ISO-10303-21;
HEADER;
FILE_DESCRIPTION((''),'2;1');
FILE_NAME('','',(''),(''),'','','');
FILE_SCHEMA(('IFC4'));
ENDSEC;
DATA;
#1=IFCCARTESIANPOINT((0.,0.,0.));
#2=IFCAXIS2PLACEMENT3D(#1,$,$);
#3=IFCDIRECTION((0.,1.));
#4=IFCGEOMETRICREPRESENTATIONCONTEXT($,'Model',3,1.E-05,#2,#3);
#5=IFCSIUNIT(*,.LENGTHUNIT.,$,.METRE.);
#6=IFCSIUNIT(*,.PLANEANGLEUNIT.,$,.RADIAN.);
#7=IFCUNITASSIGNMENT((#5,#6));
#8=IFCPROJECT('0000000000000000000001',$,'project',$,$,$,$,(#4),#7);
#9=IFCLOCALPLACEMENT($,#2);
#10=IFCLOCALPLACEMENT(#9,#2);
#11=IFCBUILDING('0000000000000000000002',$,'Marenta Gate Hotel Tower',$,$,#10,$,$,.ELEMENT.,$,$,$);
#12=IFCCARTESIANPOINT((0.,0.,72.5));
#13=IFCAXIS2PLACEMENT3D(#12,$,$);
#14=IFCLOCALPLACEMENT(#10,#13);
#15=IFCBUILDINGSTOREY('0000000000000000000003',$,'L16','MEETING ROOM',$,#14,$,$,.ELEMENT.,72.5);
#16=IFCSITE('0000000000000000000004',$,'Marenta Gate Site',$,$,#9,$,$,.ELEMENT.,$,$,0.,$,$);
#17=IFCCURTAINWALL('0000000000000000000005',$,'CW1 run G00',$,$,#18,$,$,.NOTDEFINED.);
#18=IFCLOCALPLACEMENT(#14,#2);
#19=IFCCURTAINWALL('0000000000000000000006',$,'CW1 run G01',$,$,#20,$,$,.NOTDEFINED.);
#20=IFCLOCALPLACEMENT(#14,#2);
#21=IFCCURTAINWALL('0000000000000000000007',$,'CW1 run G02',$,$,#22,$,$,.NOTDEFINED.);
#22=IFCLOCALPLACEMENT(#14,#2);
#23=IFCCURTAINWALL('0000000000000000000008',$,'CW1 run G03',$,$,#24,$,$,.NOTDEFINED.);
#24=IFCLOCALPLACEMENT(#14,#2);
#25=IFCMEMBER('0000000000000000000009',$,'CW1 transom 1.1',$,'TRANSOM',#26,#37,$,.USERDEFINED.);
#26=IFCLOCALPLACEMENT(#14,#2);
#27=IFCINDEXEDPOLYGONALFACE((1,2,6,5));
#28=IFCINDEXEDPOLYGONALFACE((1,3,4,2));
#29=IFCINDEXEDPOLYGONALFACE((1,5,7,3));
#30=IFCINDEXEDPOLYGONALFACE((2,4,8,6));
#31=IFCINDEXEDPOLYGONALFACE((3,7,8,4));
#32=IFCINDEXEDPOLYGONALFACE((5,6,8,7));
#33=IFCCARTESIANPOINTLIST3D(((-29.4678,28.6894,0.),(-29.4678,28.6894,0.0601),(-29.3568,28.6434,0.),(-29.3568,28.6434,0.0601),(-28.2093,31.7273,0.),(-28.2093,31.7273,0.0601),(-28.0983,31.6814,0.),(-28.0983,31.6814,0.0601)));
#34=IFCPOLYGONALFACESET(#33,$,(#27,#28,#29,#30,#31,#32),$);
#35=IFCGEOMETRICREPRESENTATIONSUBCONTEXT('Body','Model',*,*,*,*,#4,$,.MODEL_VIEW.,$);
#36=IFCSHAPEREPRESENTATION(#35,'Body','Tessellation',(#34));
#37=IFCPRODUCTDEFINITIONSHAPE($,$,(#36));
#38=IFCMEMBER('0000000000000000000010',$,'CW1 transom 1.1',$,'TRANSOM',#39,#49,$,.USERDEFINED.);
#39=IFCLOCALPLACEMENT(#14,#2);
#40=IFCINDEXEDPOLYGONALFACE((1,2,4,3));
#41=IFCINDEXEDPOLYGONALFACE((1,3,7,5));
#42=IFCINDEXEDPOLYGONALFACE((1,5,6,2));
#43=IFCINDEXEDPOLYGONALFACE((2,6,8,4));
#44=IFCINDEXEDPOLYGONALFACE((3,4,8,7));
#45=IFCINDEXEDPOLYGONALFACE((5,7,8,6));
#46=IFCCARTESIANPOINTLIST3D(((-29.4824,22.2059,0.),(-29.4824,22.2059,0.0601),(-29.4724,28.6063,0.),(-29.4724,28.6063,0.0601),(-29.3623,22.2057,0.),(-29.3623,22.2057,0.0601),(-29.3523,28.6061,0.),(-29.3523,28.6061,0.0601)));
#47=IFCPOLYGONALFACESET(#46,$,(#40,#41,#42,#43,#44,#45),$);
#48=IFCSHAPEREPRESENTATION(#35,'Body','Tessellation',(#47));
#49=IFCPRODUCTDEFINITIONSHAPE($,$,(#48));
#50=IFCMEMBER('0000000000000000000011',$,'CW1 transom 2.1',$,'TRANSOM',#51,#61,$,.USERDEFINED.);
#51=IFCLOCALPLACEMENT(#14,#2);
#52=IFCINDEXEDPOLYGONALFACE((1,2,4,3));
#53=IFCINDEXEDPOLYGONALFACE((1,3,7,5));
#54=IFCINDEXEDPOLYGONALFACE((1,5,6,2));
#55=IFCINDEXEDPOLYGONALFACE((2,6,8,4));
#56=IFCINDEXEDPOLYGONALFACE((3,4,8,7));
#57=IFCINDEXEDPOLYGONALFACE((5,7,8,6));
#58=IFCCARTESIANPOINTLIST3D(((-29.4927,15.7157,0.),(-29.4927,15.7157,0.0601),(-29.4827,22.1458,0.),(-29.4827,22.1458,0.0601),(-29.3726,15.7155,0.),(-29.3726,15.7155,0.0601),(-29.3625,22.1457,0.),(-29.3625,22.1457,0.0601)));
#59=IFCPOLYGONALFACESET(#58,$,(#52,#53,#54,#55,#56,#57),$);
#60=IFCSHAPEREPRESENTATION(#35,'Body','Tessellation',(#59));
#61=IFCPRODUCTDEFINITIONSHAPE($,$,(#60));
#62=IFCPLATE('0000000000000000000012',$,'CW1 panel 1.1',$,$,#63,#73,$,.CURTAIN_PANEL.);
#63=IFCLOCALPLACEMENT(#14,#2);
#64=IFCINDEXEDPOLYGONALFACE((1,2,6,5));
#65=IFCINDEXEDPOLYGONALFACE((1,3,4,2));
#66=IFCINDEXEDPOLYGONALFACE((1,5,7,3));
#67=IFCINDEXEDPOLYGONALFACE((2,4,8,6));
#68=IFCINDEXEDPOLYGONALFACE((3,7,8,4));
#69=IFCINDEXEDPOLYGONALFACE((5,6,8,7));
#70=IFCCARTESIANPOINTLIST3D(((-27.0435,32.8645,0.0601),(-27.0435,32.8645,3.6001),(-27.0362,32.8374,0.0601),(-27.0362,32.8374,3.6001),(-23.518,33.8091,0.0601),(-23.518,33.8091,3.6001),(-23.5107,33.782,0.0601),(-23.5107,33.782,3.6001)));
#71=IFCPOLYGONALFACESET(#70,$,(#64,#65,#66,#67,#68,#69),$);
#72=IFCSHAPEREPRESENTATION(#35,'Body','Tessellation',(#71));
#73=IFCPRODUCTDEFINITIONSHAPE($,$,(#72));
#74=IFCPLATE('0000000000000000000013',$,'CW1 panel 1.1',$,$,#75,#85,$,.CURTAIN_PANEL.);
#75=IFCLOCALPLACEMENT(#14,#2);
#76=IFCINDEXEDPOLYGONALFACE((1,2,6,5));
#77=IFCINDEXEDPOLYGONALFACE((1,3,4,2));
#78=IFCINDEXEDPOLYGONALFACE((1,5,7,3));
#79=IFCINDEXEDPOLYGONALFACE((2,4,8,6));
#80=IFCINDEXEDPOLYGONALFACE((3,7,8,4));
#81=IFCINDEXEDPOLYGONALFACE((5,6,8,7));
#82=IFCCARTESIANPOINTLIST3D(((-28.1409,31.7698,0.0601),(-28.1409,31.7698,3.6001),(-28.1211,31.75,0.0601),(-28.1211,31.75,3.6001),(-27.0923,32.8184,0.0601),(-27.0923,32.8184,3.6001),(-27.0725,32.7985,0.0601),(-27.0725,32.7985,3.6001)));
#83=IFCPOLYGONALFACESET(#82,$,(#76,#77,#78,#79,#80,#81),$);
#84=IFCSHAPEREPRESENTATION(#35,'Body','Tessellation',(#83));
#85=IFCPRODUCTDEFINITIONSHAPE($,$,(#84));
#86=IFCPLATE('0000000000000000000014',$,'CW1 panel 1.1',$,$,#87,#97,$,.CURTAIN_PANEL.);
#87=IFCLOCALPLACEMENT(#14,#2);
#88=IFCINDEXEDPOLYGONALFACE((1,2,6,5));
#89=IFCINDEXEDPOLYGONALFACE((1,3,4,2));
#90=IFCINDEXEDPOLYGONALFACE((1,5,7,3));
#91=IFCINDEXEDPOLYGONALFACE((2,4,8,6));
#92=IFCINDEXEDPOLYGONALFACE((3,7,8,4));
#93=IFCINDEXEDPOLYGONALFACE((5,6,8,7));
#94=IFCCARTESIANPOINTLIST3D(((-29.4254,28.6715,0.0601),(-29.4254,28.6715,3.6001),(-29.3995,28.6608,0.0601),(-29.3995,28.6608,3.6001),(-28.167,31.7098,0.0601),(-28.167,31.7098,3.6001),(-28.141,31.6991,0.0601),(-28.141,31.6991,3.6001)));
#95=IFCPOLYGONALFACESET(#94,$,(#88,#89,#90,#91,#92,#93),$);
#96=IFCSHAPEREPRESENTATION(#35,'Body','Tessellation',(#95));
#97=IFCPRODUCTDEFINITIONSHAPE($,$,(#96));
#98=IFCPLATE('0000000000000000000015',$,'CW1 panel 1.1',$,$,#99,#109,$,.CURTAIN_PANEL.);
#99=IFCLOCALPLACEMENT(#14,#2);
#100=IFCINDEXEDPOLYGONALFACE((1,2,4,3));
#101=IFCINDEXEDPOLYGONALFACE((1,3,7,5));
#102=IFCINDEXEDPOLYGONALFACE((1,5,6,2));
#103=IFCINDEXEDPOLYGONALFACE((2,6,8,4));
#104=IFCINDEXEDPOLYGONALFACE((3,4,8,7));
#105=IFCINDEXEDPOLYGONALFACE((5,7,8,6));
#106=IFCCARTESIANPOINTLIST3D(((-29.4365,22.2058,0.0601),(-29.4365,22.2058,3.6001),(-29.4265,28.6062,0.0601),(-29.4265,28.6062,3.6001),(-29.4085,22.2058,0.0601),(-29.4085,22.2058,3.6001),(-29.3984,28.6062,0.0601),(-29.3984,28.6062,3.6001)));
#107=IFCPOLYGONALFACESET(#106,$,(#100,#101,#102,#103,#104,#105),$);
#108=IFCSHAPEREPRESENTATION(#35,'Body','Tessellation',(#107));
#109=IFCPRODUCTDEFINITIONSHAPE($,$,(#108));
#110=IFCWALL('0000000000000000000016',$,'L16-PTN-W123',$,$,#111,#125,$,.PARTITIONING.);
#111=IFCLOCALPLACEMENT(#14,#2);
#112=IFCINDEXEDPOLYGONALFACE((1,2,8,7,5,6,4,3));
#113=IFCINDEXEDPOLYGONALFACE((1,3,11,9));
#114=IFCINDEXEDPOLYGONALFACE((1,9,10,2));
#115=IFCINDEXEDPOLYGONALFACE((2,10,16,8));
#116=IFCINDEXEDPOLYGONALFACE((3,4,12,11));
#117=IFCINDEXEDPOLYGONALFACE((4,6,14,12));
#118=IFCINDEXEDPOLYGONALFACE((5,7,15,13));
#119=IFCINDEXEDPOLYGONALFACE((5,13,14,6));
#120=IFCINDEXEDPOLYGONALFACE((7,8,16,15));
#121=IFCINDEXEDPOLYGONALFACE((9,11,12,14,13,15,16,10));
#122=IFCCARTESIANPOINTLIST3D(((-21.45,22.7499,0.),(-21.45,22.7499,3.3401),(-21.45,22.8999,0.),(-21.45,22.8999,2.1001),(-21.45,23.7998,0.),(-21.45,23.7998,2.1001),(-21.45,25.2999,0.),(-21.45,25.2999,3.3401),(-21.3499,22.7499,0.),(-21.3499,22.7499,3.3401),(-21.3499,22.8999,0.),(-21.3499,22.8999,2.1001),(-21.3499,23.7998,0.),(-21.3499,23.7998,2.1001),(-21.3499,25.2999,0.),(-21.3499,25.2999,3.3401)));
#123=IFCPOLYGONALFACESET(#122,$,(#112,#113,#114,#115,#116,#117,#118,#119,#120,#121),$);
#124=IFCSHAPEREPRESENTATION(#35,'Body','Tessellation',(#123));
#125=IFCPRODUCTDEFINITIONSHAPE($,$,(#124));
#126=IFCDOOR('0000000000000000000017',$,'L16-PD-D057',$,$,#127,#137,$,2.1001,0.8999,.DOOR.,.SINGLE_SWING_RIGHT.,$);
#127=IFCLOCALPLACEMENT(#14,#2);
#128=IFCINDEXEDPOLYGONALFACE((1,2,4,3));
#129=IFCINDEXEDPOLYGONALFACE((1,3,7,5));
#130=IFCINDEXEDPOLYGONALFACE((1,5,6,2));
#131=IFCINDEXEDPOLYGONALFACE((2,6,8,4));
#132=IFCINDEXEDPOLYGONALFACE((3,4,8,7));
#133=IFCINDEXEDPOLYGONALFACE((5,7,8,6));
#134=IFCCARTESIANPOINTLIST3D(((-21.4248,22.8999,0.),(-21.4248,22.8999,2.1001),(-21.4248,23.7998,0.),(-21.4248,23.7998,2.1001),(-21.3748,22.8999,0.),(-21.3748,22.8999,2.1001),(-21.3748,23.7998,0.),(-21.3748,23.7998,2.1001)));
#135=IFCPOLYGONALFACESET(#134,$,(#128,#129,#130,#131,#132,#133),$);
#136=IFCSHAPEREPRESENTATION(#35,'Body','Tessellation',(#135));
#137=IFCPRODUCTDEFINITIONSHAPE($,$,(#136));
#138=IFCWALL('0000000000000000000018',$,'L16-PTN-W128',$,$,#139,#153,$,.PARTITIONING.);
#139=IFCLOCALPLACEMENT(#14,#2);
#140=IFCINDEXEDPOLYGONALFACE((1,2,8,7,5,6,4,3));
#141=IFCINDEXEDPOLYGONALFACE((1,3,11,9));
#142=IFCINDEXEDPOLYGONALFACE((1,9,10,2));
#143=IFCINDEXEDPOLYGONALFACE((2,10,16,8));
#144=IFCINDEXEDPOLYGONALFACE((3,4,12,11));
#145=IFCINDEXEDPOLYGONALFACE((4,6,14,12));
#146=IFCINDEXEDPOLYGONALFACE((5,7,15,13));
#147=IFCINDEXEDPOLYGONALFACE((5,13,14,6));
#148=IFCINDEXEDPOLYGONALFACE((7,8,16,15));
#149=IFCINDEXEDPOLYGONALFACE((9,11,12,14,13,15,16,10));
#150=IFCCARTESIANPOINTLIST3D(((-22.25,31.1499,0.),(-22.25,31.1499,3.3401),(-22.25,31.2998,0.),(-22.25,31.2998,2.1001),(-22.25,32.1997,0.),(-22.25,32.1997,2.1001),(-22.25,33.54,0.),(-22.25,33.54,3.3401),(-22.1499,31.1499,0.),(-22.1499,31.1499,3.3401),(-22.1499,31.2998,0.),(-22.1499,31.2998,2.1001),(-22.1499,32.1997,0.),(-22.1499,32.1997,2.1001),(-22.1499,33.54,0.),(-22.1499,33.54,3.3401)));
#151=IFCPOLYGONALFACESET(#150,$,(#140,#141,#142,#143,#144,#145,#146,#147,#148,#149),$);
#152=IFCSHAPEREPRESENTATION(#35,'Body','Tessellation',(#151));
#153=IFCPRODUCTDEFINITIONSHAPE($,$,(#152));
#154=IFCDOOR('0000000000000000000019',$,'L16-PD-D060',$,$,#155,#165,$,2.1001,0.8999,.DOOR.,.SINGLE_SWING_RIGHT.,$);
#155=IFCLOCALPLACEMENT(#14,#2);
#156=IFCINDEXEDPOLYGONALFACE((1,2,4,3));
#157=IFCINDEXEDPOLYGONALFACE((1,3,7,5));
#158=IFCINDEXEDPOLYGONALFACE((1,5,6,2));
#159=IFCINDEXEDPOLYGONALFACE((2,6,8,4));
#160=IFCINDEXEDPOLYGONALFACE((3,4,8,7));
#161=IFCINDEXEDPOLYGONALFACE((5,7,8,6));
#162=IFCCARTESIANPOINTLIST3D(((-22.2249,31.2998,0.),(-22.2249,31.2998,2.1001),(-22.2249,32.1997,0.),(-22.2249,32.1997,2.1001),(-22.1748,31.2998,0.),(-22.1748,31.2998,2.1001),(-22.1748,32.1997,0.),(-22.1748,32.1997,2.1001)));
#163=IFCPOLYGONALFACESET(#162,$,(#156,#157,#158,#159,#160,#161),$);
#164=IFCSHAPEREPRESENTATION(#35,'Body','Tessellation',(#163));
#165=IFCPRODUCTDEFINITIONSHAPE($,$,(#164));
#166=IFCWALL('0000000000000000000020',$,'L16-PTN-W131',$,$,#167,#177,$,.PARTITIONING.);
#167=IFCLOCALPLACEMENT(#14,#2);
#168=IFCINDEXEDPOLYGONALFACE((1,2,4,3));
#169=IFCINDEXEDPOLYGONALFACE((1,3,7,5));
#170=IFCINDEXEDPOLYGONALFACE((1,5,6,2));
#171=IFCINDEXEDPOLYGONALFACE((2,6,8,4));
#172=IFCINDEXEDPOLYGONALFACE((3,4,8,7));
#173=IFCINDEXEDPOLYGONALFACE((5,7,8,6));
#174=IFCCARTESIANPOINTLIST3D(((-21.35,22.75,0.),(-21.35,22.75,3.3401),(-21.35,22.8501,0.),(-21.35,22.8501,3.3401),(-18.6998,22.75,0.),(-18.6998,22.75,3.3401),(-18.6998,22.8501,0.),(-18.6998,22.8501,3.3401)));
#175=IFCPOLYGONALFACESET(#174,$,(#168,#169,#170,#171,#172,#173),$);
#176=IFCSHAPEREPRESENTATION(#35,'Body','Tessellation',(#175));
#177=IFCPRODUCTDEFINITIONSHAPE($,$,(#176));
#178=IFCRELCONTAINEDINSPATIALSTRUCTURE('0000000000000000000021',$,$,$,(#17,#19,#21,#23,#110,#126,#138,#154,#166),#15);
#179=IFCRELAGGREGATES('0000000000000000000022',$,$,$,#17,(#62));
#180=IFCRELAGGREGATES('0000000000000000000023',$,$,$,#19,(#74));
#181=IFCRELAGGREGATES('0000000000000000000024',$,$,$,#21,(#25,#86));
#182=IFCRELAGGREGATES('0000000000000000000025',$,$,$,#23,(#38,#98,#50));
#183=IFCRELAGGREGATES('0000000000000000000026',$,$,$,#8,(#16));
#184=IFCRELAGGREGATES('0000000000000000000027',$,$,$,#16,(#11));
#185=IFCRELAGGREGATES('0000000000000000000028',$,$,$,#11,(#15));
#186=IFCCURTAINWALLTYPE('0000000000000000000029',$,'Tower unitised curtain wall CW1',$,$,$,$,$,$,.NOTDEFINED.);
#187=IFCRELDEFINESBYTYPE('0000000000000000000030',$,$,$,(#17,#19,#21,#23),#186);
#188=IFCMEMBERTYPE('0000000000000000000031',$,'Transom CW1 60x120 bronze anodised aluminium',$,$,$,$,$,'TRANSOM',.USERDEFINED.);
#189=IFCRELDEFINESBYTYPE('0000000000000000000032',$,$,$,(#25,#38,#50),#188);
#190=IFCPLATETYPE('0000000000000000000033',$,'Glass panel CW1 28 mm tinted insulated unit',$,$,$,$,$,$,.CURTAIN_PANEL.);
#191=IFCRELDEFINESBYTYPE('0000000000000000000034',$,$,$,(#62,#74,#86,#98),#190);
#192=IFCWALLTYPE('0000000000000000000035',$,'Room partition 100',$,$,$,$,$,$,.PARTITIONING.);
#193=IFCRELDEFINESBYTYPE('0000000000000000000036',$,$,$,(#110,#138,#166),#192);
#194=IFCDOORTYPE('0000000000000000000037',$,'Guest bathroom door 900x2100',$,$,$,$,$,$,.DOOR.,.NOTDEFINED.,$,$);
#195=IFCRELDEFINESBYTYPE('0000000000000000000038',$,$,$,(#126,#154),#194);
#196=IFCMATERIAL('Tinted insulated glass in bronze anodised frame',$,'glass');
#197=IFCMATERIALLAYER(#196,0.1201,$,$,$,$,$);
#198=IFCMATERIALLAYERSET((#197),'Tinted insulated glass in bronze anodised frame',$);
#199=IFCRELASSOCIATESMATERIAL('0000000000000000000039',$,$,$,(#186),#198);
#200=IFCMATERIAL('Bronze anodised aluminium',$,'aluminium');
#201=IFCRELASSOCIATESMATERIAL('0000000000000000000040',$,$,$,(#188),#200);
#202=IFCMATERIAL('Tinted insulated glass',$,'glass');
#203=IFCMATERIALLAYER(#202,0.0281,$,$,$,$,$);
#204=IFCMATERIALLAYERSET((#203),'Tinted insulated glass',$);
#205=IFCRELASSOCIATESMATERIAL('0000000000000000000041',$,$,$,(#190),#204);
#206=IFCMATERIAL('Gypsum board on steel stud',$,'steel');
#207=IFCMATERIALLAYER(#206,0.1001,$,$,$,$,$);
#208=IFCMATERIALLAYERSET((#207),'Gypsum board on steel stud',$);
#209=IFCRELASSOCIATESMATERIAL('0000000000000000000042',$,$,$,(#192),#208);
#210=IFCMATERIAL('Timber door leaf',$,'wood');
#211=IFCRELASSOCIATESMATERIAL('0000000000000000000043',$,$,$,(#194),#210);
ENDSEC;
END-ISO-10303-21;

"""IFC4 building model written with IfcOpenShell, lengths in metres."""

from ifc_helpers import new_model, si_unit, direction, frame, frame_2d, origin, origin_2d, place, context, subcontext, project, spatial, rectangle, extrude, material, layer, layer_set, material_profile, profile_set, type_object, element, fill, aggregate, save


model = new_model("IFC4")

# Units and contexts
model_context = context("Model", 3, precision=1e-05, world=origin(), true_north=direction((0.0, 1.0)))
body_context = subcontext(model_context, "Body", "Model", "MODEL_VIEW")
ifc_project = project(units=[si_unit("LENGTHUNIT", "METRE"), si_unit("PLANEANGLEUNIT", "RADIAN")], contexts=[model_context])

# Site, building, storey
site_placement = place(None, origin())
site = spatial("IfcSite", under=ifc_project, at=site_placement, Name="Marenta Gate Site", CompositionType="ELEMENT", RefElevation=0.0)
building_placement = place(site_placement, origin())
building = spatial("IfcBuilding", under=site, at=building_placement, Name="Marenta Gate Hotel Tower", CompositionType="ELEMENT")
storey_placement = place(building_placement, frame((0.0, 0.0, 72.5)))
storey = spatial("IfcBuildingStorey", under=building, at=storey_placement, Name="L16", Description="MEETING ROOM", CompositionType="ELEMENT", Elevation=72.5)

# Curtain walls
ifc_material_1 = material(Name="Tinted insulated glass in bronze anodised frame", Category="glass")
ifc_layer_1 = layer(ifc_material_1, 0.1201)
ifc_layer_set_1 = layer_set([ifc_layer_1], Name="Tinted insulated glass in bronze anodised frame")
curtain_wall_type = type_object("IfcCurtainWallType", Name="Tower unitised curtain wall CW1", PredefinedType="NOTDEFINED", material=ifc_layer_set_1)
curtain_wall_1_placement = place(storey_placement, origin())
curtain_wall_1 = element("IfcCurtainWall", 1, at=curtain_wall_1_placement, inside=storey, type_object=curtain_wall_type, Name="CW1 run G00", PredefinedType="NOTDEFINED")
curtain_wall_2_placement = place(storey_placement, origin())
curtain_wall_2 = element("IfcCurtainWall", 2, at=curtain_wall_2_placement, inside=storey, type_object=curtain_wall_type, Name="CW1 run G01", PredefinedType="NOTDEFINED")
curtain_wall_3_placement = place(storey_placement, origin())
curtain_wall_3 = element("IfcCurtainWall", 3, at=curtain_wall_3_placement, inside=storey, type_object=curtain_wall_type, Name="CW1 run G02", PredefinedType="NOTDEFINED")

# Curtain wall
curtain_wall_4_placement = place(storey_placement, origin())
curtain_wall_4 = element("IfcCurtainWall", 4, at=curtain_wall_4_placement, inside=storey, type_object=curtain_wall_type, Name="CW1 run G03", PredefinedType="NOTDEFINED")

# Members
ifc_material_2 = material(Name="Bronze anodised aluminium", Category="aluminium")
ifc_material_profile_1 = material_profile(ifc_material_2, rectangle(XDim=0.1201, YDim=0.0601, at=origin_2d()), Name="Transom CW1 60x120 bronze anodised aluminium")
ifc_profile_set_1 = profile_set([ifc_material_profile_1], Name="Bronze anodised aluminium")
member_type_1 = type_object("IfcMemberType", Name="Transom CW1 60x120 bronze anodised aluminium", ElementType="TRANSOM", PredefinedType="USERDEFINED", material=ifc_profile_set_1)
member_1_placement = place(storey_placement, frame((-28.1538, 31.7043, 0.03), z_axis=(-0.382717, -0.923866, 0.0), x_axis=(0.923866, -0.382717, 0.0)))
member_1 = element("IfcMember", 5, at=member_1_placement, type_object=member_type_1, Name="CW1 transom 1.1", ObjectType="TRANSOM", PredefinedType="USERDEFINED", context=body_context, shape_type="SweptSolid", body=[
    extrude(rectangle(XDim=0.1201, YDim=0.0601, at=origin_2d()), origin(), (0.0, 0.0, 1.0), 3.2883),
])
member_2_placement = place(storey_placement, frame((-29.4124, 28.6062, 0.03), z_axis=(-0.001564, -0.999999, 0.0), x_axis=(0.999999, -0.001564, 0.0)))
member_2 = element("IfcMember", 6, at=member_2_placement, type_object=member_type_1, Name="CW1 transom 1.1", ObjectType="TRANSOM", PredefinedType="USERDEFINED", context=body_context, shape_type="SweptSolid", body=[
    extrude(rectangle(XDim=0.1201, YDim=0.0601, at=origin_2d()), origin(), (0.0, 0.0, 1.0), 6.4004),
])
member_3_placement = place(storey_placement, frame((-29.4226, 22.1458, 0.03), z_axis=(-0.001557, -0.999999, 0.0), x_axis=(0.999999, -0.001557, 0.0)))
member_3 = element("IfcMember", 7, at=member_3_placement, type_object=member_type_1, Name="CW1 transom 2.1", ObjectType="TRANSOM", PredefinedType="USERDEFINED", context=body_context, shape_type="SweptSolid", body=[
    extrude(rectangle(XDim=0.1201, YDim=0.0601, at=origin_2d()), origin(), (0.0, 0.0, 1.0), 6.4302),
])

# Plates
ifc_material_3 = material(Name="Tinted insulated glass", Category="glass")
ifc_layer_2 = layer(ifc_material_3, 0.0281)
ifc_layer_set_2 = layer_set([ifc_layer_2], Name="Tinted insulated glass")
plate_type = type_object("IfcPlateType", Name="Glass panel CW1 28 mm tinted insulated unit", PredefinedType="CURTAIN_PANEL", material=ifc_layer_set_2)
plate_1_placement = place(storey_placement, frame((-25.2771, 33.3232, 0.0601), z_axis=(0.0, 0.0, 1.0), x_axis=(-0.96593, -0.258802, 0.0)))
plate_1 = element("IfcPlate", 8, at=plate_1_placement, type_object=plate_type, Name="CW1 panel 1.1", PredefinedType="CURTAIN_PANEL", context=body_context, shape_type="SweptSolid", body=[
    extrude(rectangle(XDim=3.6499, YDim=0.0281, at=origin_2d()), origin(), (0.0, 0.0, 1.0), 3.54),
])
aggregate(curtain_wall_1, [plate_1])
plate_2_placement = place(storey_placement, frame((-27.6067, 32.2842, 0.0601), z_axis=(0.0, 0.0, 1.0), x_axis=(-0.707107, -0.707107, 0.0)))
plate_2 = element("IfcPlate", 9, at=plate_2_placement, type_object=plate_type, Name="CW1 panel 1.1", PredefinedType="CURTAIN_PANEL", context=body_context, shape_type="SweptSolid", body=[
    extrude(rectangle(XDim=1.4829, YDim=0.0281, at=origin_2d()), origin(), (0.0, 0.0, 1.0), 3.54),
])
aggregate(curtain_wall_2, [plate_2])
plate_3_placement = place(storey_placement, frame((-28.7832, 30.1853, 0.0601), z_axis=(0.0, 0.0, 1.0), x_axis=(-0.38267, -0.923885, 0.0)))
plate_3 = element("IfcPlate", 10, at=plate_3_placement, type_object=plate_type, Name="CW1 panel 1.1", PredefinedType="CURTAIN_PANEL", context=body_context, shape_type="SweptSolid", body=[
    extrude(rectangle(XDim=3.2886, YDim=0.0281, at=origin_2d()), origin(), (0.0, 0.0, 1.0), 3.54),
])
aggregate(curtain_wall_3, [member_1, plate_3])
plate_4_placement = place(storey_placement, frame((-29.4175, 25.406, 0.0601), z_axis=(0.0, 0.0, 1.0), x_axis=(-0.001566, -0.999999, 0.0)))
plate_4 = element("IfcPlate", 11, at=plate_4_placement, type_object=plate_type, Name="CW1 panel 1.1", PredefinedType="CURTAIN_PANEL", context=body_context, shape_type="SweptSolid", body=[
    extrude(rectangle(XDim=6.4004, YDim=0.0281, at=origin_2d()), origin(), (0.0, 0.0, 1.0), 3.54),
])
aggregate(curtain_wall_4, [member_2, plate_4, member_3])

# Walls, openings, doors
ifc_material_4 = material(Name="Gypsum board on steel stud", Category="steel")
ifc_layer_3 = layer(ifc_material_4, 0.1001)
ifc_layer_set_3 = layer_set([ifc_layer_3], Name="Gypsum board on steel stud")
wall_type_1 = type_object("IfcWallType", Name="Room partition 100", PredefinedType="PARTITIONING", material=ifc_layer_set_3)
wall_1_placement = place(storey_placement, frame((-21.3999, 22.75, 0.0), z_axis=(0.0, 0.0, 1.0), x_axis=(0.0, 1.0, 0.0)))
wall_1 = element("IfcWall", 12, at=wall_1_placement, inside=storey, type_object=wall_type_1, Name="L16-PTN-W123", PredefinedType="PARTITIONING", context=body_context, shape_type="SweptSolid", body=[
    extrude(rectangle(XDim=2.55, YDim=0.1001, at=frame_2d((1.2749, 0.0))), origin(), (0.0, 0.0, 1.0), 3.3401),
])
opening_1_placement = place(wall_1_placement, frame((0.1499, 0.0, 0.0)))
opening_1 = element("IfcOpeningElement", 13, at=opening_1_placement, cuts=wall_1, PredefinedType="OPENING", context=body_context, shape_type="SweptSolid", body=[
    extrude(rectangle(XDim=0.8999, YDim=2.1001, at=frame_2d((0.45, 1.05))), frame((0.0, 0.05, 0.0), z_axis=(0.0, -1.0, 0.0), x_axis=(1.0, 0.0, 0.0)), (0.0, 0.0, 1.0), 0.1001),
])
ifc_material_5 = material(Name="Timber door leaf", Category="wood")
door_type_1 = type_object("IfcDoorType", Name="Guest bathroom door 900x2100", OperationType="NOTDEFINED", PredefinedType="DOOR", material=ifc_material_5)
door_1_placement = place(opening_1_placement, origin())
door_1 = element("IfcDoor", 14, at=door_1_placement, inside=storey, type_object=door_type_1, Name="L16-PD-D057", OperationType="SINGLE_SWING_RIGHT", OverallHeight=2.1001, OverallWidth=0.8999, PredefinedType="DOOR", context=body_context, shape_type="SweptSolid", body=[
    extrude(rectangle(XDim=0.8999, YDim=2.1001, at=frame_2d((0.45, 1.05))), frame((0.0, 0.0249, 0.0), z_axis=(0.0, -1.0, 0.0), x_axis=(1.0, 0.0, 0.0)), (0.0, 0.0, 1.0), 0.05),
])
fill(opening_1, door_1)
wall_2_placement = place(storey_placement, frame((-22.2, 31.1499, 0.0), z_axis=(0.0, 0.0, 1.0), x_axis=(0.0, 1.0, 0.0)))
wall_2 = element("IfcWall", 15, at=wall_2_placement, inside=storey, type_object=wall_type_1, Name="L16-PTN-W128", PredefinedType="PARTITIONING", context=body_context, shape_type="SweptSolid", body=[
    extrude(rectangle(XDim=2.3901, YDim=0.1001, at=frame_2d((1.1951, 0.0))), origin(), (0.0, 0.0, 1.0), 3.3401),
])
opening_2_placement = place(wall_2_placement, frame((0.1499, 0.0, 0.0)))
opening_2 = element("IfcOpeningElement", 16, at=opening_2_placement, cuts=wall_2, PredefinedType="OPENING", context=body_context, shape_type="SweptSolid", body=[
    extrude(rectangle(XDim=0.8999, YDim=2.1001, at=frame_2d((0.45, 1.05))), frame((0.0, 0.05, 0.0), z_axis=(0.0, -1.0, 0.0), x_axis=(1.0, 0.0, 0.0)), (0.0, 0.0, 1.0), 0.1001),
])
door_2_placement = place(opening_2_placement, origin())
door_2 = element("IfcDoor", 17, at=door_2_placement, inside=storey, type_object=door_type_1, Name="L16-PD-D060", OperationType="SINGLE_SWING_RIGHT", OverallHeight=2.1001, OverallWidth=0.8999, PredefinedType="DOOR", context=body_context, shape_type="SweptSolid", body=[
    extrude(rectangle(XDim=0.8999, YDim=2.1001, at=frame_2d((0.45, 1.05))), frame((0.0, 0.0249, 0.0), z_axis=(0.0, -1.0, 0.0), x_axis=(1.0, 0.0, 0.0)), (0.0, 0.0, 1.0), 0.05),
])
fill(opening_2, door_2)

# Wall
wall_3_placement = place(storey_placement, frame((-21.3501, 22.8, 0.0), z_axis=(0.0, 0.0, 1.0), x_axis=(1.0, 0.0, 0.0)))
element("IfcWall", 18, at=wall_3_placement, inside=storey, type_object=wall_type_1, Name="L16-PTN-W131", PredefinedType="PARTITIONING", context=body_context, shape_type="SweptSolid", body=[
    extrude(rectangle(XDim=2.6501, YDim=0.1001, at=frame_2d((1.3252, 0.0))), origin(), (0.0, 0.0, 1.0), 3.3401),
])

save(model, "model.ifc")
